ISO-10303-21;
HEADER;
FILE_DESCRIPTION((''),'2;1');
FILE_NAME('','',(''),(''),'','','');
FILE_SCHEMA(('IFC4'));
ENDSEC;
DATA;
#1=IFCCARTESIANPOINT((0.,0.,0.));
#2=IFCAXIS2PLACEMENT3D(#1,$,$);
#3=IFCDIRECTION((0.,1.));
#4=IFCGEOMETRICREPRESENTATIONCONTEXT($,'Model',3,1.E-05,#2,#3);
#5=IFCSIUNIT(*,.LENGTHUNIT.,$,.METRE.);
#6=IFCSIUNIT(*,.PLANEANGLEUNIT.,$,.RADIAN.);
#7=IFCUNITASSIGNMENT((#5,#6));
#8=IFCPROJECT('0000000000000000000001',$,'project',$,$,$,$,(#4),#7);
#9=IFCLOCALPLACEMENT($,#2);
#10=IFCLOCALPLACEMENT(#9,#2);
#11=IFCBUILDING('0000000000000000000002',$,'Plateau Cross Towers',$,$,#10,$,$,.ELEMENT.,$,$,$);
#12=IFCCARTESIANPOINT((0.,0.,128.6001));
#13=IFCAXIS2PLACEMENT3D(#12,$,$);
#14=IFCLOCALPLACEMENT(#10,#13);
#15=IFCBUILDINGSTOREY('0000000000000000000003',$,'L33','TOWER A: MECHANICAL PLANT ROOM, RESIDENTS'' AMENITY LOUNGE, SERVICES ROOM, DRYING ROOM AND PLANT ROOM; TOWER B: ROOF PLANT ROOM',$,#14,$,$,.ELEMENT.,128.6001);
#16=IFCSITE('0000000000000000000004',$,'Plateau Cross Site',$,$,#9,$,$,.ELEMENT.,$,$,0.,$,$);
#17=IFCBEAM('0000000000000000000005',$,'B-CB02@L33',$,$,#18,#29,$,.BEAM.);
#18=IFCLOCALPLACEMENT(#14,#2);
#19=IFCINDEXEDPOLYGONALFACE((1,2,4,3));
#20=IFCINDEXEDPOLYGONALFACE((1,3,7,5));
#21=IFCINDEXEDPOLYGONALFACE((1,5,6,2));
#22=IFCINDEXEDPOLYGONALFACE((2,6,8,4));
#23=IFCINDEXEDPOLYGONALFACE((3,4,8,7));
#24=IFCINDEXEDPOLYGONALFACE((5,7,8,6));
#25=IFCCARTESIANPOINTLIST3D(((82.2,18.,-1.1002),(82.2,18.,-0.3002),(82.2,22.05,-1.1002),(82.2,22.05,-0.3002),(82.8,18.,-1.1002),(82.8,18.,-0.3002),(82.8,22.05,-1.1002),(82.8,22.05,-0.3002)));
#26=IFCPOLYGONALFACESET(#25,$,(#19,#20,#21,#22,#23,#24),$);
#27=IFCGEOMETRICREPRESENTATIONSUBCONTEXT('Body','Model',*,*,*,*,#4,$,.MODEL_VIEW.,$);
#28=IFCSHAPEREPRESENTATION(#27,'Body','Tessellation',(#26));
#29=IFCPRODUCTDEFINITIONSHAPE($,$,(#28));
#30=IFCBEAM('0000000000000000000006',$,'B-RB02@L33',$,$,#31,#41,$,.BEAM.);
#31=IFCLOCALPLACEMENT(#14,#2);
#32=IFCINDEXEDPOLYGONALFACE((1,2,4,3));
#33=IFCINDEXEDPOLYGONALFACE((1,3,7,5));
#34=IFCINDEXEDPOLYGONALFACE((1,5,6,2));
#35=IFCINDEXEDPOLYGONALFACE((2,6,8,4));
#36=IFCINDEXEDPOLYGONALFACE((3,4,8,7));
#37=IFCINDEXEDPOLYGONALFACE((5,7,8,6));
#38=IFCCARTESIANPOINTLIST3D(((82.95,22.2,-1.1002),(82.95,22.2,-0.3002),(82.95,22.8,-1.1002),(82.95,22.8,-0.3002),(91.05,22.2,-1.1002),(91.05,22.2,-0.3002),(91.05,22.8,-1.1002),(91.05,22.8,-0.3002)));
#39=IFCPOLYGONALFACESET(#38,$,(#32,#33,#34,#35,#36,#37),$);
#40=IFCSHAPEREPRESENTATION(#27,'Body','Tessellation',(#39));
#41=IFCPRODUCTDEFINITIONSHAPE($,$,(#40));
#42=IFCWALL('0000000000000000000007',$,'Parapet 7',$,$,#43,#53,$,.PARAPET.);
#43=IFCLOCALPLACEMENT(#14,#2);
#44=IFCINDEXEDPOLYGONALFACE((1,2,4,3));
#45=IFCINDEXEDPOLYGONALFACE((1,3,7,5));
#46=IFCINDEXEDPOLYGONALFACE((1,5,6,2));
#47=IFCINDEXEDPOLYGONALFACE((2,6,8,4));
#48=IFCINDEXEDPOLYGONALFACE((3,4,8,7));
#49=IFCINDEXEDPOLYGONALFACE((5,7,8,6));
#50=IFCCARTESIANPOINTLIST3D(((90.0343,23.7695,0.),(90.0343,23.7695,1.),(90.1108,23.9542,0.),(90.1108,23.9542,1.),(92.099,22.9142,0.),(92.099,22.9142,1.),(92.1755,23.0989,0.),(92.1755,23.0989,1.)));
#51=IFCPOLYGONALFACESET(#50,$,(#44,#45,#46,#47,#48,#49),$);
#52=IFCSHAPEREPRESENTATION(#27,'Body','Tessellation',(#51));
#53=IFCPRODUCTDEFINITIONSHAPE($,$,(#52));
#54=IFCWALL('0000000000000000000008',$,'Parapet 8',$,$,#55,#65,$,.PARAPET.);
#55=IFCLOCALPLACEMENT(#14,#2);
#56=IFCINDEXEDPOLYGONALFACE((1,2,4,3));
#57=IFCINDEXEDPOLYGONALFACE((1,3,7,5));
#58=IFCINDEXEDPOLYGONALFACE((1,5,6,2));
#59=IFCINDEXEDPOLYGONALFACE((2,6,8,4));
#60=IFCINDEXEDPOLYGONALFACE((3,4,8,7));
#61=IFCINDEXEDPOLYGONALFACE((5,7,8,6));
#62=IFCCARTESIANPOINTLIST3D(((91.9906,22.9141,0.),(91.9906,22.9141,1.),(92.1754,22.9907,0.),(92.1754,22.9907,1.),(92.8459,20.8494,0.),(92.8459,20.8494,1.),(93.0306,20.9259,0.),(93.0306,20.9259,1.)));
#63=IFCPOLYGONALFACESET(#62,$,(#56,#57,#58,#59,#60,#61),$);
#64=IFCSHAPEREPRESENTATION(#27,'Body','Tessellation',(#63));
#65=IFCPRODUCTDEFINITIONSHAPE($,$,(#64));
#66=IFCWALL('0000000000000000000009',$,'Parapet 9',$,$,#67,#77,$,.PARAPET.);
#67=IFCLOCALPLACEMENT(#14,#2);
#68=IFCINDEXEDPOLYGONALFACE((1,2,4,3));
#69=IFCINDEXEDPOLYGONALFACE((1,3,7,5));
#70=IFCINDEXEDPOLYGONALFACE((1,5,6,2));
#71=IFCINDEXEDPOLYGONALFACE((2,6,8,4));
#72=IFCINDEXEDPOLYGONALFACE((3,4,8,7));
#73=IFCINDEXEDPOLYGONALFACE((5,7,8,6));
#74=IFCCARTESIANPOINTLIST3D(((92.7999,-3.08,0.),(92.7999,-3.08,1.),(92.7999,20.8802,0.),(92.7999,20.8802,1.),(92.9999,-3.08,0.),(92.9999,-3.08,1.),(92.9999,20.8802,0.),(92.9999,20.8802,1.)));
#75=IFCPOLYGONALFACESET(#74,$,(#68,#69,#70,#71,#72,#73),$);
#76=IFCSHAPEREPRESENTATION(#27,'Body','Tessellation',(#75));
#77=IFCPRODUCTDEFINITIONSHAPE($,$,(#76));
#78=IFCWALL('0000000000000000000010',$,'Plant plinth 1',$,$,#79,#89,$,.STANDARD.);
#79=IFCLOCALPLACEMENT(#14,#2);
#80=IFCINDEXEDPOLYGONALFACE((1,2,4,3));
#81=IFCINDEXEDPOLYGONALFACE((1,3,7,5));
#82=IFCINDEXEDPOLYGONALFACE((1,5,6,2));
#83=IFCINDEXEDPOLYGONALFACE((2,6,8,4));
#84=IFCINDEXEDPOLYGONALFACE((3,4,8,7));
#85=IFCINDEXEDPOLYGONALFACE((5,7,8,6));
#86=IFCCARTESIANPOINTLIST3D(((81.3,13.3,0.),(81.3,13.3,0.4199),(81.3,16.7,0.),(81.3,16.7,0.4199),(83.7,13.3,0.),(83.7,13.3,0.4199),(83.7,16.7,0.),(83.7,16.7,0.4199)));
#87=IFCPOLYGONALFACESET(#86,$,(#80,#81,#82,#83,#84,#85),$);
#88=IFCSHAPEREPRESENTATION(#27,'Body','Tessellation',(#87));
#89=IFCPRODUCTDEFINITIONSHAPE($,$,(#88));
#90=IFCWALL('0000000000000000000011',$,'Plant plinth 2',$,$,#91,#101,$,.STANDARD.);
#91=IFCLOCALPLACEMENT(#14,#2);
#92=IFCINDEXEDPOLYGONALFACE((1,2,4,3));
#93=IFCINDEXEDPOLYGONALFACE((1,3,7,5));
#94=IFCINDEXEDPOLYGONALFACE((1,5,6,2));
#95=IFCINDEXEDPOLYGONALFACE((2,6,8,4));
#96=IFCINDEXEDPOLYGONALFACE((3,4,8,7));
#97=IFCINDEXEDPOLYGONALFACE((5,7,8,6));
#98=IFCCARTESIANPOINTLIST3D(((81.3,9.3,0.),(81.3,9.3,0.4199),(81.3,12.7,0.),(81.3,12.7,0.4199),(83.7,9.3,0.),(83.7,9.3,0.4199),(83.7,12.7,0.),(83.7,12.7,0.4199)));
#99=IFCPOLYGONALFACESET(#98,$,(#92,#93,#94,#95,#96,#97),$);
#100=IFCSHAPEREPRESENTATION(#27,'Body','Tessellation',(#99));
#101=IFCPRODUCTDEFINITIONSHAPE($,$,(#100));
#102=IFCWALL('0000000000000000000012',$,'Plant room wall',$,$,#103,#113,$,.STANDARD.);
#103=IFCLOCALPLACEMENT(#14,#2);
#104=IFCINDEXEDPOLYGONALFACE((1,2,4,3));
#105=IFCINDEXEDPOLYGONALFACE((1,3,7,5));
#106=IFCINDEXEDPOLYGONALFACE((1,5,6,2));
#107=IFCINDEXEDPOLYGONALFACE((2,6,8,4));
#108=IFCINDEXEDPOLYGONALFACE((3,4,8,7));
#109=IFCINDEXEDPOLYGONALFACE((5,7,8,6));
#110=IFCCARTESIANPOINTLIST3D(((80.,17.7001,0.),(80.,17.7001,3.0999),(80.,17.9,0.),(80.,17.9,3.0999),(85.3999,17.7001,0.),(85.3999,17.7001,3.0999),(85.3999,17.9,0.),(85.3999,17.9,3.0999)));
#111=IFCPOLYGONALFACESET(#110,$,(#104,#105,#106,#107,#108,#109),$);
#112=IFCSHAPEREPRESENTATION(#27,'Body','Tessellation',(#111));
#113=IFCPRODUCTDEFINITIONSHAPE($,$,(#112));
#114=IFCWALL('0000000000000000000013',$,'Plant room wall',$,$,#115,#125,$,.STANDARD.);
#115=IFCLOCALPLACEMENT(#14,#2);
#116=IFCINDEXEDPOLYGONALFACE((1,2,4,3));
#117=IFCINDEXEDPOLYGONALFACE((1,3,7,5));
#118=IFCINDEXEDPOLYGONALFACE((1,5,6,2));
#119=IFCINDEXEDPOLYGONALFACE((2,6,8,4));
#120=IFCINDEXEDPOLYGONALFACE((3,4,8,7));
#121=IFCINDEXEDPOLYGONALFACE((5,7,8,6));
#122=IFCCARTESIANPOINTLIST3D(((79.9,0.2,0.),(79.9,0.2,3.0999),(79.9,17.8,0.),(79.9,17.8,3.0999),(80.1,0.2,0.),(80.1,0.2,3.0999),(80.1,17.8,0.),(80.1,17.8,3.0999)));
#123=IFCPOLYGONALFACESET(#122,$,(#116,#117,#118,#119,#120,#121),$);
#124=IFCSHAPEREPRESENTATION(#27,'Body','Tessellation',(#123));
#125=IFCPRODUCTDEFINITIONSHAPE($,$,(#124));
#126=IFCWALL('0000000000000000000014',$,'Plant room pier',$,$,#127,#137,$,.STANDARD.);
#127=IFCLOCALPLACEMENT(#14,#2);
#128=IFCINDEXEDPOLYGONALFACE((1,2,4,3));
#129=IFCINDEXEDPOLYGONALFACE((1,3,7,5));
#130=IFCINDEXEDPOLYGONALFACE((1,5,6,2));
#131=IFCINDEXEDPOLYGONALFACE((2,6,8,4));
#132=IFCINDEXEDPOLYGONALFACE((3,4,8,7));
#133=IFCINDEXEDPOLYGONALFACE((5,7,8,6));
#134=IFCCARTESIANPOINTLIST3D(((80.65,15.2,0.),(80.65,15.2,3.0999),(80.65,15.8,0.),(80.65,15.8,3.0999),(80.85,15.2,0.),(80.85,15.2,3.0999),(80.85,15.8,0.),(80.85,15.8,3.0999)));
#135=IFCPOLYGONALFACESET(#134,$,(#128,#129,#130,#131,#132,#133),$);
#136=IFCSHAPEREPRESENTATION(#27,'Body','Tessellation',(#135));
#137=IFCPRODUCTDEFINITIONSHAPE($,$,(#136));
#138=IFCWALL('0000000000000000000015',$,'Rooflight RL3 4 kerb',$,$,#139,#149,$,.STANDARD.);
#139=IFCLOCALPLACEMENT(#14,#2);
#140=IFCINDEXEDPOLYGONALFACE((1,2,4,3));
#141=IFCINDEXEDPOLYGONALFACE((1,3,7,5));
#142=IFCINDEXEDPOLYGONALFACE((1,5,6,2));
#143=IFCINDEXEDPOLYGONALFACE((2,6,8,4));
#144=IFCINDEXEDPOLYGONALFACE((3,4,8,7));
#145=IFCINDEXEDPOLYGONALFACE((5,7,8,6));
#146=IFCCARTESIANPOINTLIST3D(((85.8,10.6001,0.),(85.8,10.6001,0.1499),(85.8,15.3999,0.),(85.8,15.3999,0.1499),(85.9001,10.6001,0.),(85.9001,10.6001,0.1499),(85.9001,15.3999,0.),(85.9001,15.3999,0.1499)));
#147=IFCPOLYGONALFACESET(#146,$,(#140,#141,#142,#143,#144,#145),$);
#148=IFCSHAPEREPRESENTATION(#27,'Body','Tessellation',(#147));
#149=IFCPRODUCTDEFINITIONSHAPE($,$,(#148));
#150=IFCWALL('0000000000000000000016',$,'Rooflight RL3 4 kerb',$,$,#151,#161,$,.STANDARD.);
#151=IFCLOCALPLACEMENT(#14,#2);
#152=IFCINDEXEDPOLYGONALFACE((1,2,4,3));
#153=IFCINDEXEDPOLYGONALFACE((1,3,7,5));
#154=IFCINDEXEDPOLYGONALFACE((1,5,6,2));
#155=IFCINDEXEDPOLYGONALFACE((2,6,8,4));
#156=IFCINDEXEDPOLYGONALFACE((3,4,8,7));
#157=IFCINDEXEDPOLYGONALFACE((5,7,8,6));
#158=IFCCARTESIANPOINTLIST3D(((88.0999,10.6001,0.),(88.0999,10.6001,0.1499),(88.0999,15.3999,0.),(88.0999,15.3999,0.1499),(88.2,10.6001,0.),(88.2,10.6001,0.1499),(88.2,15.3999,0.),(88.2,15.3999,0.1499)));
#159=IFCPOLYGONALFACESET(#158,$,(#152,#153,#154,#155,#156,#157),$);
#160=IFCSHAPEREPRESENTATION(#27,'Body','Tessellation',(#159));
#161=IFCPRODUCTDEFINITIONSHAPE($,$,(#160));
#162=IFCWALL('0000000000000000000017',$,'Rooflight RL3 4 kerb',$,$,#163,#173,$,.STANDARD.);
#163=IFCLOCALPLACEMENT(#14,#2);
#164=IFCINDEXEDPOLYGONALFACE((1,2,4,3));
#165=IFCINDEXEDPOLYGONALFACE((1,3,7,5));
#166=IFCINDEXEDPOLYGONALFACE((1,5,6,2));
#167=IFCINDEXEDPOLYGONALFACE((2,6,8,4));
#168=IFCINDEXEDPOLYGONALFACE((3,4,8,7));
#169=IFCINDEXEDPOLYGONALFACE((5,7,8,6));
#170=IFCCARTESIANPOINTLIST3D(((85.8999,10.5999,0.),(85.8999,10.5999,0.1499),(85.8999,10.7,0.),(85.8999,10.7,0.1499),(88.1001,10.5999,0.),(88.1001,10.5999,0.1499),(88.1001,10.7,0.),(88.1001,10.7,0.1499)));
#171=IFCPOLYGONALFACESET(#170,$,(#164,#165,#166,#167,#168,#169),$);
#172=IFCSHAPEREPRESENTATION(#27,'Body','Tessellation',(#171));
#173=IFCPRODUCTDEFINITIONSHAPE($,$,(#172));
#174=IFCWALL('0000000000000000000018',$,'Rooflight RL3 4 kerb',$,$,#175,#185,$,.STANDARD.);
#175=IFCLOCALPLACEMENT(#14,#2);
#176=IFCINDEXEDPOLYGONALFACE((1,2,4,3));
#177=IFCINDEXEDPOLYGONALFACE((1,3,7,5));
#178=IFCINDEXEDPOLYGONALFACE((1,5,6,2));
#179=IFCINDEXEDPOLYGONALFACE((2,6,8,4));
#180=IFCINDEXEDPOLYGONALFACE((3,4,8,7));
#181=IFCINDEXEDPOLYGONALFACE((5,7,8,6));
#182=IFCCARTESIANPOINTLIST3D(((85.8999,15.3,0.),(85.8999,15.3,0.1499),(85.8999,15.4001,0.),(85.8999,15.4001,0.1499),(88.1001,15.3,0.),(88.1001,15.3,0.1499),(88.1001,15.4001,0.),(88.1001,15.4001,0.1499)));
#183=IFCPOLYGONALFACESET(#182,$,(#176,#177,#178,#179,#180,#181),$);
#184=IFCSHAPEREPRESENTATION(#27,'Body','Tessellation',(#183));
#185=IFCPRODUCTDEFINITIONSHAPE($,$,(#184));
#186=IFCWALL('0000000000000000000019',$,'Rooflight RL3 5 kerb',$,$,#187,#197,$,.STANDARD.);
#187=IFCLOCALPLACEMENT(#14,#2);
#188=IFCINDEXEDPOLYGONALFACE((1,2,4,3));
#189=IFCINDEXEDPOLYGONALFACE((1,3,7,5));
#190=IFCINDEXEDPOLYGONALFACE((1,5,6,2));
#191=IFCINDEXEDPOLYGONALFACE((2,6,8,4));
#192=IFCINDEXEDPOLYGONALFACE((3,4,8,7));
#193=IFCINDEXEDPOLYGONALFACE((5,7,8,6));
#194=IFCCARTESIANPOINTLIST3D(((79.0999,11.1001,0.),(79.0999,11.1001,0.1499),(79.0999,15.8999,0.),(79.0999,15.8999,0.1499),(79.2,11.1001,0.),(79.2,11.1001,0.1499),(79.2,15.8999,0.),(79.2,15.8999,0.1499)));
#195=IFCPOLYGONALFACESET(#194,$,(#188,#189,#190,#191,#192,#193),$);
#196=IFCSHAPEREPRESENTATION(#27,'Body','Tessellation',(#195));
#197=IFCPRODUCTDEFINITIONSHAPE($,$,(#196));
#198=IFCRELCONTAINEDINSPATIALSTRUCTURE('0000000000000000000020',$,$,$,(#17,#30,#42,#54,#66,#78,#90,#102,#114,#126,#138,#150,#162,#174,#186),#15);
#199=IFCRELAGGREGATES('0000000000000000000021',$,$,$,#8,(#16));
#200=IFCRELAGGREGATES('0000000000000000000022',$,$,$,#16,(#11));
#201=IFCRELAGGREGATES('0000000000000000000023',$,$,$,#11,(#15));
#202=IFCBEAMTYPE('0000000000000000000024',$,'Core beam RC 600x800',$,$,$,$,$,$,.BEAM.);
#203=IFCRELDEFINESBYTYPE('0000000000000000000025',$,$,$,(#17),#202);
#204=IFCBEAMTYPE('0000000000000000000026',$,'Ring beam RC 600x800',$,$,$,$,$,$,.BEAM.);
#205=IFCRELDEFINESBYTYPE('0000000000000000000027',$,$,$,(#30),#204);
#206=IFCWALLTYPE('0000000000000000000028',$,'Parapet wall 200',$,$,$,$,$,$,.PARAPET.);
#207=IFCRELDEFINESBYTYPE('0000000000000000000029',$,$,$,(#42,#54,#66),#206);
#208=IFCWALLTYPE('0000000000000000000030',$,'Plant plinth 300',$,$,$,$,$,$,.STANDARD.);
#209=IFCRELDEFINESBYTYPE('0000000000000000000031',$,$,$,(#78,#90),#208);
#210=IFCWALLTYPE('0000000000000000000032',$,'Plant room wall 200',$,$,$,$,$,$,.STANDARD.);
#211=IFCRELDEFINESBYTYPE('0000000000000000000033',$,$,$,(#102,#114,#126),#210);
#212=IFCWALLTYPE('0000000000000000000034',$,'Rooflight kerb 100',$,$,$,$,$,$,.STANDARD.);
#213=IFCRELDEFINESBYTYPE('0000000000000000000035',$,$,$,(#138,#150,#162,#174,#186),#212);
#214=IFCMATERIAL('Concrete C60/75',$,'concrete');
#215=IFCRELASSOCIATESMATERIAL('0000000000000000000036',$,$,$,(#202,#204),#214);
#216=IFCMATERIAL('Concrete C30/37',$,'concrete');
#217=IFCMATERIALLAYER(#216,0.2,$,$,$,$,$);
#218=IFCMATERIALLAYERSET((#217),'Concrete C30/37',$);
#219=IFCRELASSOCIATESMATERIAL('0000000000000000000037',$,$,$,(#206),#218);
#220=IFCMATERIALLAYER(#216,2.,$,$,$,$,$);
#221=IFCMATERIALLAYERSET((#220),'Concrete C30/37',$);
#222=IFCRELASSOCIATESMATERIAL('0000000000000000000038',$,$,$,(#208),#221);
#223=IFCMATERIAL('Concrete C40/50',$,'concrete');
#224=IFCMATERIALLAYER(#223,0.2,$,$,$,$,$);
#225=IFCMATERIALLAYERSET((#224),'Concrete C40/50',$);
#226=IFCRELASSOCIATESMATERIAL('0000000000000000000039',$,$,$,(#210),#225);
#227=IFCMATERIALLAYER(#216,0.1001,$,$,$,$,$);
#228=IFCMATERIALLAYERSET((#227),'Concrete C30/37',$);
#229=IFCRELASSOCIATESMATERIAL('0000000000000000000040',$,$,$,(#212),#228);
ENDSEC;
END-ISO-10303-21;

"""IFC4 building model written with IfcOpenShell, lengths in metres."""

from ifc_helpers import new_model, si_unit, direction, frame, frame_2d, origin, origin_2d, place, context, subcontext, project, spatial, rectangle, extrude, material, layer, layer_set, material_profile, profile_set, type_object, element, save


model = new_model("IFC4")

# Units and contexts
model_context = context("Model", 3, precision=1e-05, world=origin(), true_north=direction((0.0, 1.0)))
body_context = subcontext(model_context, "Body", "Model", "MODEL_VIEW")
ifc_project = project(units=[si_unit("LENGTHUNIT", "METRE"), si_unit("PLANEANGLEUNIT", "RADIAN")], contexts=[model_context])

# Site, building, storey
site_placement = place(None, origin())
site = spatial("IfcSite", under=ifc_project, at=site_placement, Name="Plateau Cross Site", CompositionType="ELEMENT", RefElevation=0.0)
building_placement = place(site_placement, origin())
building = spatial("IfcBuilding", under=site, at=building_placement, Name="Plateau Cross Towers", CompositionType="ELEMENT")
storey_placement = place(building_placement, frame((0.0, 0.0, 128.6001)))
storey = spatial("IfcBuildingStorey", under=building, at=storey_placement, Name="L33", Description="TOWER A: MECHANICAL PLANT ROOM, RESIDENTS' AMENITY LOUNGE, SERVICES ROOM, DRYING ROOM AND PLANT ROOM; TOWER B: ROOF PLANT ROOM", CompositionType="ELEMENT", Elevation=128.6001)

# Beams
ifc_material_1 = material(Name="Concrete C60/75", Category="concrete")
ifc_material_profile_1 = material_profile(ifc_material_1, rectangle(XDim=0.6001, YDim=0.8, at=origin_2d()), Name="RC 600x800")
ifc_profile_set_1 = profile_set([ifc_material_profile_1], Name="Concrete C60/75")
beam_type_1 = type_object("IfcBeamType", Name="Core beam RC 600x800", PredefinedType="BEAM", material=ifc_profile_set_1)
beam_1_placement = place(storey_placement, frame((82.5, 18.0, -0.7002), z_axis=(0.0, 1.0, 0.0), x_axis=(-1.0, 0.0, 0.0)))
element("IfcBeam", 1, at=beam_1_placement, inside=storey, type_object=beam_type_1, Name="B-CB02@L33", PredefinedType="BEAM", context=body_context, shape_type="SweptSolid", body=[
    extrude(rectangle(XDim=0.6001, YDim=0.8, at=origin_2d()), origin(), (0.0, 0.0, 1.0), 4.05),
])
ifc_material_profile_2 = material_profile(ifc_material_1, rectangle(XDim=0.6001, YDim=0.8, at=origin_2d()), Name="RC 600x800")
ifc_profile_set_2 = profile_set([ifc_material_profile_2], Name="Concrete C60/75")
beam_type_2 = type_object("IfcBeamType", Name="Ring beam RC 600x800", PredefinedType="BEAM", material=ifc_profile_set_2)
beam_2_placement = place(storey_placement, frame((91.05, 22.5, -0.7002), z_axis=(-1.0, 0.0, 0.0), x_axis=(0.0, -1.0, 0.0)))
element("IfcBeam", 2, at=beam_2_placement, inside=storey, type_object=beam_type_2, Name="B-RB02@L33", PredefinedType="BEAM", context=body_context, shape_type="SweptSolid", body=[
    extrude(rectangle(XDim=0.6001, YDim=0.8, at=origin_2d()), origin(), (0.0, 0.0, 1.0), 8.1001),
])

# Walls
ifc_material_2 = material(Name="Concrete C30/37", Category="concrete")
ifc_layer_1 = layer(ifc_material_2, 0.2)
ifc_layer_set_1 = layer_set([ifc_layer_1], Name="Concrete C30/37")
wall_type_1 = type_object("IfcWallType", Name="Parapet wall 200", PredefinedType="PARAPET", material=ifc_layer_set_1)
for number, where, z_axis, x_axis, name in (
    (3, (90.0725, 23.8618, 0.0), (0.0, 0.0, 1.0), (0.92388, -0.382683, 0.0), "Parapet 7"),
    (4, (92.083, 22.9524, 0.0), (0.0, 0.0, 1.0), (0.382683, -0.92388, 0.0), "Parapet 8"),
):
    element("IfcWall", number, at=place(storey_placement, frame(where, z_axis=z_axis, x_axis=x_axis)), inside=storey, type_object=wall_type_1, Name=name, PredefinedType="PARAPET", context=body_context, shape_type="SweptSolid", body=[
        extrude(rectangle(XDim=2.2349, YDim=0.2, at=frame_2d((1.1174, 0.0))), origin(), (0.0, 0.0, 1.0), 1.0),
    ])
wall_1_placement = place(storey_placement, frame((92.8999, 20.8801, 0.0), z_axis=(0.0, 0.0, 1.0), x_axis=(0.0, -1.0, 0.0)))
element("IfcWall", 5, at=wall_1_placement, inside=storey, type_object=wall_type_1, Name="Parapet 9", PredefinedType="PARAPET", context=body_context, shape_type="SweptSolid", body=[
    extrude(rectangle(XDim=23.9602, YDim=0.2, at=frame_2d((11.98, 0.0))), origin(), (0.0, 0.0, 1.0), 1.0),
])
ifc_layer_2 = layer(ifc_material_2, 2.0)
ifc_layer_set_2 = layer_set([ifc_layer_2], Name="Concrete C30/37")
wall_type_2 = type_object("IfcWallType", Name="Plant plinth 300", PredefinedType="STANDARD", material=ifc_layer_set_2)
for number, where, z_axis, x_axis, name in (
    (6, (82.5, 16.7, 0.0), (0.0, 0.0, 1.0), (0.0, -1.0, 0.0), "Plant plinth 1"),
    (7, (82.5, 12.7, 0.0), (0.0, 0.0, 1.0), (0.0, -1.0, 0.0), "Plant plinth 2"),
):
    element("IfcWall", number, at=place(storey_placement, frame(where, z_axis=z_axis, x_axis=x_axis)), inside=storey, type_object=wall_type_2, Name=name, PredefinedType="STANDARD", context=body_context, shape_type="SweptSolid", body=[
        extrude(rectangle(XDim=3.3999, YDim=2.3999, at=frame_2d((1.7, 0.0))), origin(), (0.0, 0.0, 1.0), 0.4199),
    ])
ifc_material_3 = material(Name="Concrete C40/50", Category="concrete")
ifc_layer_3 = layer(ifc_material_3, 0.2)
ifc_layer_set_3 = layer_set([ifc_layer_3], Name="Concrete C40/50")
wall_type_3 = type_object("IfcWallType", Name="Plant room wall 200", PredefinedType="STANDARD", material=ifc_layer_set_3)
wall_2_placement = place(storey_placement, frame((85.3999, 17.8, 0.0), z_axis=(0.0, 0.0, 1.0), x_axis=(-1.0, 0.0, 0.0)))
element("IfcWall", 8, at=wall_2_placement, inside=storey, type_object=wall_type_3, Name="Plant room wall", PredefinedType="STANDARD", context=body_context, shape_type="SweptSolid", body=[
    extrude(rectangle(XDim=5.3999, YDim=0.2, at=frame_2d((2.7, 0.0))), origin(), (0.0, 0.0, 1.0), 3.0999),
])
wall_3_placement = place(storey_placement, frame((80.0, 17.8, 0.0), z_axis=(0.0, 0.0, 1.0), x_axis=(0.0, -1.0, 0.0)))
element("IfcWall", 9, at=wall_3_placement, inside=storey, type_object=wall_type_3, Name="Plant room wall", PredefinedType="STANDARD", context=body_context, shape_type="SweptSolid", body=[
    extrude(rectangle(XDim=17.6001, YDim=0.2, at=frame_2d((8.8, 0.0))), origin(), (0.0, 0.0, 1.0), 3.0999),
])
wall_4_placement = place(storey_placement, frame((80.75, 15.2, 0.0), z_axis=(0.0, 0.0, 1.0), x_axis=(0.0, 1.0, 0.0)))
element("IfcWall", 10, at=wall_4_placement, inside=storey, type_object=wall_type_3, Name="Plant room pier", PredefinedType="STANDARD", context=body_context, shape_type="SweptSolid", body=[
    extrude(rectangle(XDim=0.6001, YDim=0.2, at=frame_2d((0.3, 0.0))), origin(), (0.0, 0.0, 1.0), 3.0999),
])
ifc_layer_4 = layer(ifc_material_2, 0.1001)
ifc_layer_set_4 = layer_set([ifc_layer_4], Name="Concrete C30/37")
wall_type_4 = type_object("IfcWallType", Name="Rooflight kerb 100", PredefinedType="STANDARD", material=ifc_layer_set_4)
for number, where, z_axis, x_axis, name in (
    (11, (85.8501, 10.6001, 0.0), (0.0, 0.0, 1.0), (0.0, 1.0, 0.0), "Rooflight RL3 4 kerb"),
    (12, (88.1499, 10.6001, 0.0), (0.0, 0.0, 1.0), (0.0, 1.0, 0.0), "Rooflight RL3 4 kerb"),
):
    element("IfcWall", number, at=place(storey_placement, frame(where, z_axis=z_axis, x_axis=x_axis)), inside=storey, type_object=wall_type_4, Name=name, PredefinedType="STANDARD", context=body_context, shape_type="SweptSolid", body=[
        extrude(rectangle(XDim=4.7998, YDim=0.1001, at=frame_2d((2.3999, 0.0))), origin(), (0.0, 0.0, 1.0), 0.1499),
    ])
for number, where, z_axis, x_axis, name in (
    (13, (85.8999, 10.6499, 0.0), (0.0, 0.0, 1.0), (1.0, 0.0, 0.0), "Rooflight RL3 4 kerb"),
    (14, (85.8999, 15.3501, 0.0), (0.0, 0.0, 1.0), (1.0, 0.0, 0.0), "Rooflight RL3 4 kerb"),
):
    element("IfcWall", number, at=place(storey_placement, frame(where, z_axis=z_axis, x_axis=x_axis)), inside=storey, type_object=wall_type_4, Name=name, PredefinedType="STANDARD", context=body_context, shape_type="SweptSolid", body=[
        extrude(rectangle(XDim=2.2002, YDim=0.1001, at=frame_2d((1.1001, 0.0))), origin(), (0.0, 0.0, 1.0), 0.1499),
    ])
wall_5_placement = place(storey_placement, frame((79.1499, 11.1001, 0.0), z_axis=(0.0, 0.0, 1.0), x_axis=(0.0, 1.0, 0.0)))
element("IfcWall", 15, at=wall_5_placement, inside=storey, type_object=wall_type_4, Name="Rooflight RL3 5 kerb", PredefinedType="STANDARD", context=body_context, shape_type="SweptSolid", body=[
    extrude(rectangle(XDim=4.7998, YDim=0.1001, at=frame_2d((2.3999, 0.0))), origin(), (0.0, 0.0, 1.0), 0.1499),
])

save(model, "model.ifc")
